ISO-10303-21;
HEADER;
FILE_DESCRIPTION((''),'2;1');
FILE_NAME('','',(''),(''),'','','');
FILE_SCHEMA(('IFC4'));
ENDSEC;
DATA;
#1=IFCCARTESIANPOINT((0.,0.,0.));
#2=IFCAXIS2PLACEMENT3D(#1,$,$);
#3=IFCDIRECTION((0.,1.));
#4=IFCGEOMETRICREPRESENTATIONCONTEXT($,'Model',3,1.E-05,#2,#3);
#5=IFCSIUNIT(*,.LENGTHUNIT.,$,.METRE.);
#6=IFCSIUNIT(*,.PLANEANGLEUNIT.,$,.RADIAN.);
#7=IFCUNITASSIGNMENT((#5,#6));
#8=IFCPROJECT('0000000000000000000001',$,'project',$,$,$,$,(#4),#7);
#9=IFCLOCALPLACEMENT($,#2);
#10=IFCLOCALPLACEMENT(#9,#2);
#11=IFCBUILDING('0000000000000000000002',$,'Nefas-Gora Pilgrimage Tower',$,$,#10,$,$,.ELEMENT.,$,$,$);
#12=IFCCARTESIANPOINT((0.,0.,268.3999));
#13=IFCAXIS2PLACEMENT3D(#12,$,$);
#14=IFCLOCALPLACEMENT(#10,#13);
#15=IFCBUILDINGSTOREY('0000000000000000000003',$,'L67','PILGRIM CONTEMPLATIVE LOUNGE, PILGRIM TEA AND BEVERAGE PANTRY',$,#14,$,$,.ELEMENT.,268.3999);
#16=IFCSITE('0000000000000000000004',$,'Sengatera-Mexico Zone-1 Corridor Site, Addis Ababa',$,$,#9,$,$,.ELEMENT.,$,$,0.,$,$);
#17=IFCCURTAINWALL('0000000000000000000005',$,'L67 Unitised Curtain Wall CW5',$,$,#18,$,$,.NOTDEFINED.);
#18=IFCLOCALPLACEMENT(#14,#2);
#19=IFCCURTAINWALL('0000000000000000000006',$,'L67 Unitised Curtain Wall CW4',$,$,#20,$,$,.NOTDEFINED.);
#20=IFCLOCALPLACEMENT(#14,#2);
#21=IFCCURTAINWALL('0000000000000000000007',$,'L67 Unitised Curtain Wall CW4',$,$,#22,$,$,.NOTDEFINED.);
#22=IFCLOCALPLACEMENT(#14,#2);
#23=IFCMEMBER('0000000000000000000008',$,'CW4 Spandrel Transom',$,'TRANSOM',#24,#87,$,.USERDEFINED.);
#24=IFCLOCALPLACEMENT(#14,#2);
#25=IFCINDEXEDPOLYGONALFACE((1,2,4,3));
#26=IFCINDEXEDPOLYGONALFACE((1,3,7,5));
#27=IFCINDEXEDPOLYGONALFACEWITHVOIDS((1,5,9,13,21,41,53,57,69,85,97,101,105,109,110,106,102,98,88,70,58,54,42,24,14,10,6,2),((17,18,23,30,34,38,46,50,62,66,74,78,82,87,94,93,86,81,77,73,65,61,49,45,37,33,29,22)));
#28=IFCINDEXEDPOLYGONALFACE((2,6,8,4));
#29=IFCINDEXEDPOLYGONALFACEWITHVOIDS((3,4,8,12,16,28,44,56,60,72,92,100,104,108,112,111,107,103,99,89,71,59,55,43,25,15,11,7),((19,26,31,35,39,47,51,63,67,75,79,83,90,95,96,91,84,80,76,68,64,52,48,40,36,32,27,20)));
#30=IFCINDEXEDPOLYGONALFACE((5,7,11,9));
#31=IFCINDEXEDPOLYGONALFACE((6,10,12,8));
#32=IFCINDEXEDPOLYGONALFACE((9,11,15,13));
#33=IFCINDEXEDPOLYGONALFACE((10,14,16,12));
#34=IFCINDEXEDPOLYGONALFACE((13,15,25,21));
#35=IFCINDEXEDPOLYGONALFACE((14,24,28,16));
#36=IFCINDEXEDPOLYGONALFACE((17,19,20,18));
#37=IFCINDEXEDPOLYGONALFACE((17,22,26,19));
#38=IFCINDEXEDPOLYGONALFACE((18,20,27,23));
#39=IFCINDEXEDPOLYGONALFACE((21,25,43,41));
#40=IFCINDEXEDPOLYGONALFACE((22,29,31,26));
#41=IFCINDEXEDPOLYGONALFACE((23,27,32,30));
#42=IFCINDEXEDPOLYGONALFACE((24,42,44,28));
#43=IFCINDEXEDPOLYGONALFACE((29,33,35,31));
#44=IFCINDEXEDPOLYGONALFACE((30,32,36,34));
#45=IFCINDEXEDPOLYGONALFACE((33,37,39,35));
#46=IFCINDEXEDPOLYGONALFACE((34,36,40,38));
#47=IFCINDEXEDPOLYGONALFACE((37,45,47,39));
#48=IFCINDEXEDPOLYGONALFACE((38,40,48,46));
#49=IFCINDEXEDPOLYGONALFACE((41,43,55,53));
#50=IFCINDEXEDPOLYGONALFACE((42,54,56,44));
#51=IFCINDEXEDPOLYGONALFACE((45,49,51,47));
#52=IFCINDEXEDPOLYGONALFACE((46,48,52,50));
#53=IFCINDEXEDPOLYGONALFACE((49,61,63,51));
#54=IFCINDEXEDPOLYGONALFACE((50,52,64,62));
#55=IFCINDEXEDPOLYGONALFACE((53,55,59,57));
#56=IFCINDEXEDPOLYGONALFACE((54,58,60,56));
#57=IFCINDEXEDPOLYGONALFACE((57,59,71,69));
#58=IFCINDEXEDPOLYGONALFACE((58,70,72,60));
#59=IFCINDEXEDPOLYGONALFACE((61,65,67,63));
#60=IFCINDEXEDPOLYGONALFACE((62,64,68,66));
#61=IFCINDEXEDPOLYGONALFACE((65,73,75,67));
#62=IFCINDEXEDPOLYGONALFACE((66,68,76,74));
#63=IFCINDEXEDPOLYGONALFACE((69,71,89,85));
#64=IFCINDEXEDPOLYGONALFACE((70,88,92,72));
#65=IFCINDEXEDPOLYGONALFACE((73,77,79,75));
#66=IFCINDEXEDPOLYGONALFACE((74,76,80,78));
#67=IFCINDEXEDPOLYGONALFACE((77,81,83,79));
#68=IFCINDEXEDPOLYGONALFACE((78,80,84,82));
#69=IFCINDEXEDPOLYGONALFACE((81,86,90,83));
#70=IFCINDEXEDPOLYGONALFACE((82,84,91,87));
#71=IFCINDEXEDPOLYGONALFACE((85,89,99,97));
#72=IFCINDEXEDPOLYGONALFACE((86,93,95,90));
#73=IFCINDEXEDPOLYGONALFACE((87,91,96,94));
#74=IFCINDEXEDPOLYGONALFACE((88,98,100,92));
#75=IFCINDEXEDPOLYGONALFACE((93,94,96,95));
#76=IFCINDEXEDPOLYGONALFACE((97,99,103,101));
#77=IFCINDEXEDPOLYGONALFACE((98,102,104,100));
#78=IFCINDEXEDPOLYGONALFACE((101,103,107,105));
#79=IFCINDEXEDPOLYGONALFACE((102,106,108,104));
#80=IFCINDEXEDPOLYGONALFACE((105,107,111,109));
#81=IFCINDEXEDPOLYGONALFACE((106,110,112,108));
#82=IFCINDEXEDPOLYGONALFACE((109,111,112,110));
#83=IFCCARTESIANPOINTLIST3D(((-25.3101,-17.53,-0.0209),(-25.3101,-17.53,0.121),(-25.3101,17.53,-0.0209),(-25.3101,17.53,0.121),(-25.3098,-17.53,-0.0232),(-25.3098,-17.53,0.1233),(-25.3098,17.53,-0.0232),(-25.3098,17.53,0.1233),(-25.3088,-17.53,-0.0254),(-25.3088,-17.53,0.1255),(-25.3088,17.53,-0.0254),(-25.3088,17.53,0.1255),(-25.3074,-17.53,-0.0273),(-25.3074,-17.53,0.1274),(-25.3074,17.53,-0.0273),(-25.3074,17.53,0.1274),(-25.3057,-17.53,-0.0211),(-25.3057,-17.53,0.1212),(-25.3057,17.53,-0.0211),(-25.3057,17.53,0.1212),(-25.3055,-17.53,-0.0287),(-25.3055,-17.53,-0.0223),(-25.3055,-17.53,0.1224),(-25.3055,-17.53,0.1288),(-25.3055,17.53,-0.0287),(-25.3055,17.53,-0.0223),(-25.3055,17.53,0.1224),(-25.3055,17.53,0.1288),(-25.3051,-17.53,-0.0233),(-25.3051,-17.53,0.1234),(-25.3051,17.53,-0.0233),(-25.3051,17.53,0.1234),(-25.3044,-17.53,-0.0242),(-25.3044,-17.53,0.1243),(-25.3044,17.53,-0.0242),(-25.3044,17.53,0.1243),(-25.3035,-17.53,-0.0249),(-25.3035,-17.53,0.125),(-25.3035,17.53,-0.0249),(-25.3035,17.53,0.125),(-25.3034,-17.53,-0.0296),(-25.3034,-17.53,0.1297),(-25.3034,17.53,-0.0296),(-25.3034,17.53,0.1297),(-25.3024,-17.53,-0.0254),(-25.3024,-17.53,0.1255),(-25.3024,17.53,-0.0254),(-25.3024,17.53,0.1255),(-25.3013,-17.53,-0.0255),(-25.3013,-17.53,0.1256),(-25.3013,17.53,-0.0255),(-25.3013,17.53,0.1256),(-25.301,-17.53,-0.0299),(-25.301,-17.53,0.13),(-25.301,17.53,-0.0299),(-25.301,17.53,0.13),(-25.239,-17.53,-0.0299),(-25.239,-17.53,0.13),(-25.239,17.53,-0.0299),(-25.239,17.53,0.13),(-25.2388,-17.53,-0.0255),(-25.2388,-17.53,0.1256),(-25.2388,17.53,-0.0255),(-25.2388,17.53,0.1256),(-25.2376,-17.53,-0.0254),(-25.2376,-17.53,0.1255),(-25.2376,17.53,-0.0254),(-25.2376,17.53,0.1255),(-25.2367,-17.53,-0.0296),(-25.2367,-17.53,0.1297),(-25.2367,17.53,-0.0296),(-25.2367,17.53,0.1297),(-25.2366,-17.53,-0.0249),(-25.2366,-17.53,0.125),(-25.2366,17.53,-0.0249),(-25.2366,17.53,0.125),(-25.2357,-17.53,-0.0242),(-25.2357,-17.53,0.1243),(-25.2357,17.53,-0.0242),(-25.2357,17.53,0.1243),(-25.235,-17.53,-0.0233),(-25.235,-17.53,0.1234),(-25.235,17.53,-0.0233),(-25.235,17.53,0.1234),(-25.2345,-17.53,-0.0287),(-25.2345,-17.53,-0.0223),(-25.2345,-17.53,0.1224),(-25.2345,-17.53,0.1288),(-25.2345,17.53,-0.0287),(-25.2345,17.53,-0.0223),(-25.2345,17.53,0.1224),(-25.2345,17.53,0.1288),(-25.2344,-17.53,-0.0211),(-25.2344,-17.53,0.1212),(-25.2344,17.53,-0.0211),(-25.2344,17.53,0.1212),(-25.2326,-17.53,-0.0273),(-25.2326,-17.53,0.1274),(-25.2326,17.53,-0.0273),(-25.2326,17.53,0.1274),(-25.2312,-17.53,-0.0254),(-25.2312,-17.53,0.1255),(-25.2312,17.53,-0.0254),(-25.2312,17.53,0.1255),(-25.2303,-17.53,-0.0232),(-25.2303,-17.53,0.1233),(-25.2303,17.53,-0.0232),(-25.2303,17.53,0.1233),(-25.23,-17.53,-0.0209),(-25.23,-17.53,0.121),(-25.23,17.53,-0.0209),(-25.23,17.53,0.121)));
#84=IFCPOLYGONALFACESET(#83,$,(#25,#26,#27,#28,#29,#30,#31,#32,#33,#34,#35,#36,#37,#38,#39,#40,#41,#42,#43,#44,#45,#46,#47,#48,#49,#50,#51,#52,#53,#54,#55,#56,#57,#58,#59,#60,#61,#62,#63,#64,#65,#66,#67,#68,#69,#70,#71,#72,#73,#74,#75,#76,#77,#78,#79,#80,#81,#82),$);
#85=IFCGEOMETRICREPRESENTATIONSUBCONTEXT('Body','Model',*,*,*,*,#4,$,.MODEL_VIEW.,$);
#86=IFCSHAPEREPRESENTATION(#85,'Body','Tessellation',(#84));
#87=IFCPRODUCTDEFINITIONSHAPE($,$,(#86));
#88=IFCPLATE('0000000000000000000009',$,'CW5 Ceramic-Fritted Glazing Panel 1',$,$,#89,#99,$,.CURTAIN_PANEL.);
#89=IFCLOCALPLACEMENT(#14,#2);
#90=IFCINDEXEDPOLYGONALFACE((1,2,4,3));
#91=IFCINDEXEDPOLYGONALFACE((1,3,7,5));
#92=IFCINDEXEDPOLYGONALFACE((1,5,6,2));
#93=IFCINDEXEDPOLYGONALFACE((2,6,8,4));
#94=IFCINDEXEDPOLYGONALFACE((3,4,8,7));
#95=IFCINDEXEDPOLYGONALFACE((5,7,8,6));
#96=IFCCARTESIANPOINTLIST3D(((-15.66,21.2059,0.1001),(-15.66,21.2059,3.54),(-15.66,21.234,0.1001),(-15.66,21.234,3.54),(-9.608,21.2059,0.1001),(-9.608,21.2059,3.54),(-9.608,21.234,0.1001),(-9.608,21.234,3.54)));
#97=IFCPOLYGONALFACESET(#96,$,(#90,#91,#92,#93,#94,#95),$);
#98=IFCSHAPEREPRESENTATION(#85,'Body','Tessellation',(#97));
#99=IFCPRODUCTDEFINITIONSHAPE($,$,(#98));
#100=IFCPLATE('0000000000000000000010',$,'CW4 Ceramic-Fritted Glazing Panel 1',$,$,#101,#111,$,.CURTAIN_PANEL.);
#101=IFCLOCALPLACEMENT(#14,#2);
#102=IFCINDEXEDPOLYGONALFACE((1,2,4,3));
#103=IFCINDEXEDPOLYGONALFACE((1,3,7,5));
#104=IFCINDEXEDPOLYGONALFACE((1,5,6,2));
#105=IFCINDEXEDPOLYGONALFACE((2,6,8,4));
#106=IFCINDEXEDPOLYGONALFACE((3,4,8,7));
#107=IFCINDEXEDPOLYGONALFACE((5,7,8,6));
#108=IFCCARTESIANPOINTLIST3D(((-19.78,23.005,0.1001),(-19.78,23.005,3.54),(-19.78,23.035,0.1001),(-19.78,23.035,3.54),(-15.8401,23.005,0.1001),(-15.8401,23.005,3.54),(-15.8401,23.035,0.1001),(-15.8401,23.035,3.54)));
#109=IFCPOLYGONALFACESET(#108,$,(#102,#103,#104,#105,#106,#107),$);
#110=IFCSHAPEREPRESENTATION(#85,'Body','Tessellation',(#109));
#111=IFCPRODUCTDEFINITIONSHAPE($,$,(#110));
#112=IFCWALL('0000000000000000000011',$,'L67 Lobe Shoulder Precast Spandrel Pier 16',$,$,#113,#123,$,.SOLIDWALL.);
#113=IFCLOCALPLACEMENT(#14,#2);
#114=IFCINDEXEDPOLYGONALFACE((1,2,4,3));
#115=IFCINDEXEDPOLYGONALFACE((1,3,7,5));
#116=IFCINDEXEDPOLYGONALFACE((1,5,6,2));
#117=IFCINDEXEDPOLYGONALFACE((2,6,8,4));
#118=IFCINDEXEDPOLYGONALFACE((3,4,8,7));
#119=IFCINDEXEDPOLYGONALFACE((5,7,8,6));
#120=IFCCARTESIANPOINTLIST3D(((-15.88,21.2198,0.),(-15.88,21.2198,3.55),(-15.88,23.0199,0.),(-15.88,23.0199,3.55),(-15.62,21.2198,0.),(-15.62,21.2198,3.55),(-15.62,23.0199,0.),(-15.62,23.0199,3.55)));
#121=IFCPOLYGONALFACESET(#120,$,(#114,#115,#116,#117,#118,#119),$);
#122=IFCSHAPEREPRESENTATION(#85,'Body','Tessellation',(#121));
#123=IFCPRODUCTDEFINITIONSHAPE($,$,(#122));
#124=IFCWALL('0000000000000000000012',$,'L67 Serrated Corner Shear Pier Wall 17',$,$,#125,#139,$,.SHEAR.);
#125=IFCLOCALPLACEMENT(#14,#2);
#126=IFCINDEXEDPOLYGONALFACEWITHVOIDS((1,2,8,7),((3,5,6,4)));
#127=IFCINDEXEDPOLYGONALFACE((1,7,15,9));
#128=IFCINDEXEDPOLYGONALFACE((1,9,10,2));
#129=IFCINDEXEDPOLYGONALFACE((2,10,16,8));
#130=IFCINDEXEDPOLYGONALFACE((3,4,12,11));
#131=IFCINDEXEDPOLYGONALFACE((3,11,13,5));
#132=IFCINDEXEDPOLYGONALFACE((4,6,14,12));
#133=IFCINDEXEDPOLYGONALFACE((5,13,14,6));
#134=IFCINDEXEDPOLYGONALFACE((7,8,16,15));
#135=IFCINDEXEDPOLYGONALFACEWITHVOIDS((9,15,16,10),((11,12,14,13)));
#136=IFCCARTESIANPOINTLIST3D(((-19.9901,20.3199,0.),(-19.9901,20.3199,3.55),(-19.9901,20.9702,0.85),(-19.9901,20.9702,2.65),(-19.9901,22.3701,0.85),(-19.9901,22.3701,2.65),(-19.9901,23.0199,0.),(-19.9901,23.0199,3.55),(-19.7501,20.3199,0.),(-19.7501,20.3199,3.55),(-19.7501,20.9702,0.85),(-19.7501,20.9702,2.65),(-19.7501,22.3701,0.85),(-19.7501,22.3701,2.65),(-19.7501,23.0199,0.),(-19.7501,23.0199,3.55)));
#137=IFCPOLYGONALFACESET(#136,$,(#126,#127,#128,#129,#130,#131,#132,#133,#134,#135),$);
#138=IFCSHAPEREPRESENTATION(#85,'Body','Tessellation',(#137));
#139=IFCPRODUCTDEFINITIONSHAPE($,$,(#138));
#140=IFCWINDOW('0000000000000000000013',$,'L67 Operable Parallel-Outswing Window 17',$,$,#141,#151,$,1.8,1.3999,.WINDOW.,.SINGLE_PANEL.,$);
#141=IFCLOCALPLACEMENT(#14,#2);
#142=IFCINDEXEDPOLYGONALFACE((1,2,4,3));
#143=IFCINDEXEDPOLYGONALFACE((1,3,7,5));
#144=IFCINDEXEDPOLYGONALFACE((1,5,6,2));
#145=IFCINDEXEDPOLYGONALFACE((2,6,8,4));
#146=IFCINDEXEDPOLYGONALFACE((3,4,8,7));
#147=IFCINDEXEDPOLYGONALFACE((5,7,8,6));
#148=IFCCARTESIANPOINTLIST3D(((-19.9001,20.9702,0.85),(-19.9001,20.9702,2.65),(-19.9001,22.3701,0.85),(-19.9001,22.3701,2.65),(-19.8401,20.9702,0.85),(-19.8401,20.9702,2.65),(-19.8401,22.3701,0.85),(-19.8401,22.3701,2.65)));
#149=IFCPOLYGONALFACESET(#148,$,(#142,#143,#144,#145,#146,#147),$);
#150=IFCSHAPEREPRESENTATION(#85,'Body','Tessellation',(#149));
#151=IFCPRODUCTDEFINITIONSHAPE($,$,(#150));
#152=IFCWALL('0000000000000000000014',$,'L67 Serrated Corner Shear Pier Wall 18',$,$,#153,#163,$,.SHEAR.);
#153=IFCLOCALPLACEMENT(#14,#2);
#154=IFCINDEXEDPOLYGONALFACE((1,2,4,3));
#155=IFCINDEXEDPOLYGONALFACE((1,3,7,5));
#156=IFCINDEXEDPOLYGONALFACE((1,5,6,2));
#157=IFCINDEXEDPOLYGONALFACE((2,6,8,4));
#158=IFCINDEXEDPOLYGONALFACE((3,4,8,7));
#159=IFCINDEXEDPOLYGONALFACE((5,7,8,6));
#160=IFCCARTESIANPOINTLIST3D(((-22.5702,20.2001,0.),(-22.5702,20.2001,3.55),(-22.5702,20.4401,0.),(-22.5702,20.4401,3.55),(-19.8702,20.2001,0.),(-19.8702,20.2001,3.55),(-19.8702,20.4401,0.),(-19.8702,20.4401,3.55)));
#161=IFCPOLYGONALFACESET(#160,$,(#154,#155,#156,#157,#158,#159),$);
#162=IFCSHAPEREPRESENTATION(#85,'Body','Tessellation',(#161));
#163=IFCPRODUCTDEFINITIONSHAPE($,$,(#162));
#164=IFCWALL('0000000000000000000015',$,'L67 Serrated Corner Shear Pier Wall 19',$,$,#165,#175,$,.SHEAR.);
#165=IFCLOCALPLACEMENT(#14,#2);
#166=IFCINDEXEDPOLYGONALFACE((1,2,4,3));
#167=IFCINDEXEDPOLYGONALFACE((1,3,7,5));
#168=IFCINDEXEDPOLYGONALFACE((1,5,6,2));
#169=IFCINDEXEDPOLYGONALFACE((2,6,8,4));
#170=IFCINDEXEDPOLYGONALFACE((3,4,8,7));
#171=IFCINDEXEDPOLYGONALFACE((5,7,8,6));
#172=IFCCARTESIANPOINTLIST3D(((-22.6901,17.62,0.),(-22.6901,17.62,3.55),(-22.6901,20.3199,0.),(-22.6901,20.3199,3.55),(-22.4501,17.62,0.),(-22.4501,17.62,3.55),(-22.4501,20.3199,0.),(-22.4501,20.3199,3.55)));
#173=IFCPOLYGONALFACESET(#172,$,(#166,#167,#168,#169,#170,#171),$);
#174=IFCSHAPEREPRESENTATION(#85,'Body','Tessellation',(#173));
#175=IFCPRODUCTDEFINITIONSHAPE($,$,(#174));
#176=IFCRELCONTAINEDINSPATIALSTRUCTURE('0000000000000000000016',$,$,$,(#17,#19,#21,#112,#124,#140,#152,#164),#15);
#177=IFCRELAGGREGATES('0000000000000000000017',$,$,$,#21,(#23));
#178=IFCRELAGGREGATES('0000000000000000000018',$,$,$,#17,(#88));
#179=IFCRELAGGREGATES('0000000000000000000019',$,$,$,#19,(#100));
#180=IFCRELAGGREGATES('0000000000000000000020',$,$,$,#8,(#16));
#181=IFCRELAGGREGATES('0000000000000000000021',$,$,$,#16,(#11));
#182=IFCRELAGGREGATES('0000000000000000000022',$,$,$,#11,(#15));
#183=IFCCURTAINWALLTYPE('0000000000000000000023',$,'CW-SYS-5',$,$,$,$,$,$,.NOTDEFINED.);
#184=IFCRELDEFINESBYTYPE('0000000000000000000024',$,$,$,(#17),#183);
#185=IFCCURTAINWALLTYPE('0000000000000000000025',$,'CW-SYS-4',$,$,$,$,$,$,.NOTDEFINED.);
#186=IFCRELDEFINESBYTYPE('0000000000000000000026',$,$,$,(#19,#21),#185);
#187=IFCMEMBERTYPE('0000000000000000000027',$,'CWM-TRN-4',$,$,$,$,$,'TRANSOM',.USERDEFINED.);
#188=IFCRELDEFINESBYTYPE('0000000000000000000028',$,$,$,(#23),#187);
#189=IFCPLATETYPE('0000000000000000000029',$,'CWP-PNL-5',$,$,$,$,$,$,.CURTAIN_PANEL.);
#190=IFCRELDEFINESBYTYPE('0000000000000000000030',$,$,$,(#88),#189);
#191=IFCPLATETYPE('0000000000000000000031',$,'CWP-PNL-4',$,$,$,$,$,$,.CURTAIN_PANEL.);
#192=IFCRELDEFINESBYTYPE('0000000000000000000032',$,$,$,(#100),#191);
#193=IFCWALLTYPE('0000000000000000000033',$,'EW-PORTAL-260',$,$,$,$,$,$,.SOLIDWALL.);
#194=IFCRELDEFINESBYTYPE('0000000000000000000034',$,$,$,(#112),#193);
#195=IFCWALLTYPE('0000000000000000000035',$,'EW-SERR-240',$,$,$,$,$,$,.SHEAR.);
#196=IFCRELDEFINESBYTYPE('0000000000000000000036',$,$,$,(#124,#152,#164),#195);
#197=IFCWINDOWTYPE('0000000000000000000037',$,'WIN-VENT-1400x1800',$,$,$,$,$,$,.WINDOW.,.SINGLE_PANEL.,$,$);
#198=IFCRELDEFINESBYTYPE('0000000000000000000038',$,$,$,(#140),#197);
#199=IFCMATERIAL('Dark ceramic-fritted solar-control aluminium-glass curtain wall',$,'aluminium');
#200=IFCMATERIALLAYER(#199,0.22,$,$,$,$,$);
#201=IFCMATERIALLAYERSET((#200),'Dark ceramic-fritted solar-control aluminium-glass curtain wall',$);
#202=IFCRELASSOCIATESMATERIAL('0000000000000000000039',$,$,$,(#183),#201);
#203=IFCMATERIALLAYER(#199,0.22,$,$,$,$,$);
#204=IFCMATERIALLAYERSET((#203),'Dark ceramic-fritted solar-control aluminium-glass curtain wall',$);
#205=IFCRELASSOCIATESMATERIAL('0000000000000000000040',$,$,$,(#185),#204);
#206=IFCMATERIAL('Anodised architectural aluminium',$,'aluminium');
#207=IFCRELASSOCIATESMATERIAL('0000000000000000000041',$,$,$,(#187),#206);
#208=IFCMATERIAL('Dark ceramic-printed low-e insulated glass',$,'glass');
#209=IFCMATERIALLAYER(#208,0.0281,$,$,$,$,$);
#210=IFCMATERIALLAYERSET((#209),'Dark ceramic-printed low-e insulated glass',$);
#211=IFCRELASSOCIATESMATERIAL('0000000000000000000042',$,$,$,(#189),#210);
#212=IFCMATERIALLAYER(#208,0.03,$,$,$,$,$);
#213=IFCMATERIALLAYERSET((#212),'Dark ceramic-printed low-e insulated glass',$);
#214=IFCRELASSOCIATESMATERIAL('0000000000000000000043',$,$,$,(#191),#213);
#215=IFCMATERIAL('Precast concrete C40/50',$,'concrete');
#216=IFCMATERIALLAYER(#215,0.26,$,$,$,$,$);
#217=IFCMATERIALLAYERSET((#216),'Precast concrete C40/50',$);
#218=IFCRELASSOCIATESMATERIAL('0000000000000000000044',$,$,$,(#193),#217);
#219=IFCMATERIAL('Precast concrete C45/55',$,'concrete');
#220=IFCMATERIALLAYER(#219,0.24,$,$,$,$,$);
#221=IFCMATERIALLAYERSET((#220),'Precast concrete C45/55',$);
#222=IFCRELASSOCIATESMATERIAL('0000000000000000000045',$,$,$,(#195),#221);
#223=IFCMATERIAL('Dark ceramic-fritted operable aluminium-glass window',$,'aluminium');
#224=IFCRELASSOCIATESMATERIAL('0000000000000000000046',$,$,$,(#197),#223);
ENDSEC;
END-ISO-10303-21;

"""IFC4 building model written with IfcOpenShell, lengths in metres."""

from ifc_helpers import new_model, si_unit, direction, frame, frame_2d, origin, origin_2d, place, context, subcontext, project, spatial, rectangle, hollow_rectangle, extrude, source, transform, mapped, material, layer, layer_set, material_profile, profile_set, type_object, element, fill, aggregate, save


model = new_model("IFC4")

# Units and contexts
model_context = context("Model", 3, precision=1e-05, world=origin(), true_north=direction((0.0, 1.0)))
body_context = subcontext(model_context, "Body", "Model", "MODEL_VIEW")
ifc_project = project(units=[si_unit("LENGTHUNIT", "METRE"), si_unit("PLANEANGLEUNIT", "RADIAN")], contexts=[model_context])

# Site, building, storey
site_placement = place(None, origin())
site = spatial("IfcSite", under=ifc_project, at=site_placement, Name="Sengatera-Mexico Zone-1 Corridor Site, Addis Ababa", CompositionType="ELEMENT", RefElevation=0.0)
building_placement = place(site_placement, origin())
building = spatial("IfcBuilding", under=site, at=building_placement, Name="Nefas-Gora Pilgrimage Tower", CompositionType="ELEMENT")
storey_placement = place(building_placement, frame((0.0, 0.0, 268.3999)))
storey = spatial("IfcBuildingStorey", under=building, at=storey_placement, Name="L67", Description="PILGRIM CONTEMPLATIVE LOUNGE, PILGRIM TEA AND BEVERAGE PANTRY", CompositionType="ELEMENT", Elevation=268.3999)

# Curtain walls, member
ifc_material_1 = material(Name="Dark ceramic-fritted solar-control aluminium-glass curtain wall", Category="aluminium")
ifc_layer_1 = layer(ifc_material_1, 0.22)
ifc_layer_set_1 = layer_set([ifc_layer_1], Name="Dark ceramic-fritted solar-control aluminium-glass curtain wall")
curtain_wall_type_1 = type_object("IfcCurtainWallType", Name="CW-SYS-5", PredefinedType="NOTDEFINED", material=ifc_layer_set_1)
curtain_wall_1_placement = place(storey_placement, origin())
curtain_wall_1 = element("IfcCurtainWall", 1, at=curtain_wall_1_placement, inside=storey, type_object=curtain_wall_type_1, Name="L67 Unitised Curtain Wall CW5", PredefinedType="NOTDEFINED")
ifc_material_2 = material(Name="Anodised architectural aluminium", Category="aluminium")
ifc_layer_2 = layer(ifc_material_1, 0.22)
ifc_layer_set_2 = layer_set([ifc_layer_2], Name="Dark ceramic-fritted solar-control aluminium-glass curtain wall")
curtain_wall_type_2 = type_object("IfcCurtainWallType", Name="CW-SYS-4", PredefinedType="NOTDEFINED", material=ifc_layer_set_2)
curtain_wall_2_placement = place(storey_placement, origin())
curtain_wall_2 = element("IfcCurtainWall", 2, at=curtain_wall_2_placement, inside=storey, type_object=curtain_wall_type_2, Name="L67 Unitised Curtain Wall CW4", PredefinedType="NOTDEFINED")
ifc_material_profile_1 = material_profile(ifc_material_2, hollow_rectangle(XDim=0.0801, YDim=0.1599, WallThickness=0.0044, InnerFilletRadius=0.0044, OuterFilletRadius=0.009, at=origin_2d()), Name="ALU TRANSOM 80x160")
ifc_profile_set_1 = profile_set([ifc_material_profile_1], Name="Anodised architectural aluminium")
member_type_1 = type_object("IfcMemberType", Name="CWM-TRN-4", ElementType="TRANSOM", PredefinedType="USERDEFINED", material=ifc_profile_set_1)
curtain_wall_3_placement = place(storey_placement, origin())
curtain_wall_3 = element("IfcCurtainWall", 3, at=curtain_wall_3_placement, inside=storey, type_object=curtain_wall_type_2, Name="L67 Unitised Curtain Wall CW4", PredefinedType="NOTDEFINED")
shared_shape_1 = source(origin(), body_context, "Body", "SweptSolid", [
    extrude(hollow_rectangle(XDim=0.0801, YDim=0.1599, WallThickness=0.0044, InnerFilletRadius=0.0044, OuterFilletRadius=0.009, at=origin_2d()), origin(), (0.0, 0.0, 1.0), 35.0601),
])
member_1_placement = place(storey_placement, frame((-25.27, 17.53, 0.05), z_axis=(0.0, -1.0, 0.0), x_axis=(1.0, 0.0, 0.0)))
member_1 = element("IfcMember", 4, at=member_1_placement, type_object=member_type_1, Name="CW4 Spandrel Transom", ObjectType="TRANSOM", PredefinedType="USERDEFINED", context=body_context, shape_type="MappedRepresentation", body=[
    mapped(shared_shape_1, transform((0.0, 0.0, 0.0), x_axis=(1.0, 0.0, 0.0), y_axis=(0.0, 1.0, 0.0), z_axis=(0.0, 0.0, 1.0), scale=1.0)),
])
aggregate(curtain_wall_3, [member_1])

# Plates
ifc_material_3 = material(Name="Dark ceramic-printed low-e insulated glass", Category="glass")
ifc_layer_3 = layer(ifc_material_3, 0.0281)
ifc_layer_set_3 = layer_set([ifc_layer_3], Name="Dark ceramic-printed low-e insulated glass")
plate_type_1 = type_object("IfcPlateType", Name="CWP-PNL-5", PredefinedType="CURTAIN_PANEL", material=ifc_layer_set_3)
shared_shape_2 = source(origin(), body_context, "Body", "SweptSolid", [
    extrude(rectangle(XDim=6.052, YDim=0.0281, at=origin_2d()), origin(), (0.0, 0.0, 1.0), 3.4399),
])
plate_1_placement = place(storey_placement, frame((-12.634, 21.22, 0.1001), z_axis=(0.0, 0.0, 1.0), x_axis=(-1.0, 0.0, 0.0)))
plate_1 = element("IfcPlate", 5, at=plate_1_placement, type_object=plate_type_1, Name="CW5 Ceramic-Fritted Glazing Panel 1", PredefinedType="CURTAIN_PANEL", context=body_context, shape_type="MappedRepresentation", body=[
    mapped(shared_shape_2, transform((0.0, 0.0, 0.0), x_axis=(1.0, 0.0, 0.0), y_axis=(0.0, 1.0, 0.0), z_axis=(0.0, 0.0, 1.0), scale=1.0)),
])
aggregate(curtain_wall_1, [plate_1])
ifc_layer_4 = layer(ifc_material_3, 0.03)
ifc_layer_set_4 = layer_set([ifc_layer_4], Name="Dark ceramic-printed low-e insulated glass")
plate_type_2 = type_object("IfcPlateType", Name="CWP-PNL-4", PredefinedType="CURTAIN_PANEL", material=ifc_layer_set_4)
shared_shape_3 = source(origin(), body_context, "Body", "SweptSolid", [
    extrude(rectangle(XDim=3.9399, YDim=0.03, at=origin_2d()), origin(), (0.0, 0.0, 1.0), 3.4399),
])
plate_2_placement = place(storey_placement, frame((-17.8101, 23.02, 0.1001), z_axis=(0.0, 0.0, 1.0), x_axis=(-1.0, 0.0, 0.0)))
plate_2 = element("IfcPlate", 6, at=plate_2_placement, type_object=plate_type_2, Name="CW4 Ceramic-Fritted Glazing Panel 1", PredefinedType="CURTAIN_PANEL", context=body_context, shape_type="MappedRepresentation", body=[
    mapped(shared_shape_3, transform((0.0, 0.0, 0.0), x_axis=(1.0, 0.0, 0.0), y_axis=(0.0, 1.0, 0.0), z_axis=(0.0, 0.0, 1.0), scale=1.0)),
])
aggregate(curtain_wall_2, [plate_2])

# Wall
ifc_material_4 = material(Name="Precast concrete C40/50", Category="concrete")
ifc_layer_5 = layer(ifc_material_4, 0.26)
ifc_layer_set_5 = layer_set([ifc_layer_5], Name="Precast concrete C40/50")
wall_type_1 = type_object("IfcWallType", Name="EW-PORTAL-260", PredefinedType="SOLIDWALL", material=ifc_layer_set_5)
shared_shape_4 = source(origin(), body_context, "Body", "SweptSolid", [
    extrude(rectangle(XDim=1.8, YDim=0.26, at=frame_2d((0.8999, 0.0))), origin(), (0.0, 0.0, 1.0), 3.55),
])
wall_1_placement = place(storey_placement, frame((-15.75, 21.22, 0.0), z_axis=(0.0, 0.0, 1.0), x_axis=(0.0, 1.0, 0.0)))
element("IfcWall", 7, at=wall_1_placement, inside=storey, type_object=wall_type_1, Name="L67 Lobe Shoulder Precast Spandrel Pier 16", PredefinedType="SOLIDWALL", context=body_context, shape_type="MappedRepresentation", body=[
    mapped(shared_shape_4, transform((0.0, 0.0, 0.0), x_axis=(1.0, 0.0, 0.0), y_axis=(0.0, 1.0, 0.0), z_axis=(0.0, 0.0, 1.0), scale=1.0)),
])

# Wall, opening, window
ifc_material_5 = material(Name="Precast concrete C45/55", Category="concrete")
ifc_layer_6 = layer(ifc_material_5, 0.24)
ifc_layer_set_6 = layer_set([ifc_layer_6], Name="Precast concrete C45/55")
wall_type_2 = type_object("IfcWallType", Name="EW-SERR-240", PredefinedType="SHEAR", material=ifc_layer_set_6)
shared_shape_5 = source(origin(), body_context, "Body", "SweptSolid", [
    extrude(rectangle(XDim=2.7, YDim=0.24, at=frame_2d((1.3501, 0.0))), origin(), (0.0, 0.0, 1.0), 3.55),
])
wall_2_placement = place(storey_placement, frame((-19.8701, 23.02, 0.0), z_axis=(0.0, 0.0, 1.0), x_axis=(0.0, -1.0, 0.0)))
wall_2 = element("IfcWall", 8, at=wall_2_placement, inside=storey, type_object=wall_type_2, Name="L67 Serrated Corner Shear Pier Wall 17", PredefinedType="SHEAR", context=body_context, shape_type="MappedRepresentation", body=[
    mapped(shared_shape_5, transform((0.0, 0.0, 0.0), x_axis=(1.0, 0.0, 0.0), y_axis=(0.0, 1.0, 0.0), z_axis=(0.0, 0.0, 1.0), scale=1.0)),
])
opening_placement = place(wall_2_placement, frame((0.6499, 0.0, 0.8501)))
opening = element("IfcOpeningElement", 9, at=opening_placement, cuts=wall_2, PredefinedType="OPENING", context=body_context, shape_type="SweptSolid", body=[
    extrude(rectangle(XDim=1.3999, YDim=1.8, at=frame_2d((0.7, 0.8999))), frame((0.0, 0.1299, 0.0), z_axis=(0.0, -1.0, 0.0), x_axis=(1.0, 0.0, 0.0)), (0.0, 0.0, 1.0), 0.26),
])
ifc_material_6 = material(Name="Dark ceramic-fritted operable aluminium-glass window", Category="aluminium")
window_type = type_object("IfcWindowType", Name="WIN-VENT-1400x1800", PartitioningType="SINGLE_PANEL", PredefinedType="WINDOW", material=ifc_material_6)
shared_shape_6 = source(origin(), body_context, "Body", "SweptSolid", [
    extrude(rectangle(XDim=1.3999, YDim=1.8, at=frame_2d((0.7, 0.8999))), frame((0.0, 0.03, 0.0), z_axis=(0.0, -1.0, 0.0), x_axis=(1.0, 0.0, 0.0)), (0.0, 0.0, 1.0), 0.0601),
])
window_placement = place(opening_placement, origin())
window = element("IfcWindow", 10, at=window_placement, inside=storey, type_object=window_type, Name="L67 Operable Parallel-Outswing Window 17", OverallHeight=1.8, OverallWidth=1.3999, PartitioningType="SINGLE_PANEL", PredefinedType="WINDOW", context=body_context, shape_type="MappedRepresentation", body=[
    mapped(shared_shape_6, transform((0.0, 0.0, 0.0), x_axis=(1.0, 0.0, 0.0), y_axis=(0.0, 1.0, 0.0), z_axis=(0.0, 0.0, 1.0), scale=1.0)),
])
fill(opening, window)

# Walls
for number, where, z_axis, x_axis, name in (
    (11, (-19.8701, 20.3201, 0.0), (0.0, 0.0, 1.0), (-1.0, 0.0, 0.0), "L67 Serrated Corner Shear Pier Wall 18"),
    (12, (-22.5701, 20.3201, 0.0), (0.0, 0.0, 1.0), (0.0, -1.0, 0.0), "L67 Serrated Corner Shear Pier Wall 19"),
):
    element("IfcWall", number, at=place(storey_placement, frame(where, z_axis=z_axis, x_axis=x_axis)), inside=storey, type_object=wall_type_2, Name=name, PredefinedType="SHEAR", context=body_context, shape_type="MappedRepresentation", body=[
        mapped(shared_shape_5, transform((0.0, 0.0, 0.0), x_axis=(1.0, 0.0, 0.0), y_axis=(0.0, 1.0, 0.0), z_axis=(0.0, 0.0, 1.0), scale=1.0)),
    ])

save(model, "model.ifc")
